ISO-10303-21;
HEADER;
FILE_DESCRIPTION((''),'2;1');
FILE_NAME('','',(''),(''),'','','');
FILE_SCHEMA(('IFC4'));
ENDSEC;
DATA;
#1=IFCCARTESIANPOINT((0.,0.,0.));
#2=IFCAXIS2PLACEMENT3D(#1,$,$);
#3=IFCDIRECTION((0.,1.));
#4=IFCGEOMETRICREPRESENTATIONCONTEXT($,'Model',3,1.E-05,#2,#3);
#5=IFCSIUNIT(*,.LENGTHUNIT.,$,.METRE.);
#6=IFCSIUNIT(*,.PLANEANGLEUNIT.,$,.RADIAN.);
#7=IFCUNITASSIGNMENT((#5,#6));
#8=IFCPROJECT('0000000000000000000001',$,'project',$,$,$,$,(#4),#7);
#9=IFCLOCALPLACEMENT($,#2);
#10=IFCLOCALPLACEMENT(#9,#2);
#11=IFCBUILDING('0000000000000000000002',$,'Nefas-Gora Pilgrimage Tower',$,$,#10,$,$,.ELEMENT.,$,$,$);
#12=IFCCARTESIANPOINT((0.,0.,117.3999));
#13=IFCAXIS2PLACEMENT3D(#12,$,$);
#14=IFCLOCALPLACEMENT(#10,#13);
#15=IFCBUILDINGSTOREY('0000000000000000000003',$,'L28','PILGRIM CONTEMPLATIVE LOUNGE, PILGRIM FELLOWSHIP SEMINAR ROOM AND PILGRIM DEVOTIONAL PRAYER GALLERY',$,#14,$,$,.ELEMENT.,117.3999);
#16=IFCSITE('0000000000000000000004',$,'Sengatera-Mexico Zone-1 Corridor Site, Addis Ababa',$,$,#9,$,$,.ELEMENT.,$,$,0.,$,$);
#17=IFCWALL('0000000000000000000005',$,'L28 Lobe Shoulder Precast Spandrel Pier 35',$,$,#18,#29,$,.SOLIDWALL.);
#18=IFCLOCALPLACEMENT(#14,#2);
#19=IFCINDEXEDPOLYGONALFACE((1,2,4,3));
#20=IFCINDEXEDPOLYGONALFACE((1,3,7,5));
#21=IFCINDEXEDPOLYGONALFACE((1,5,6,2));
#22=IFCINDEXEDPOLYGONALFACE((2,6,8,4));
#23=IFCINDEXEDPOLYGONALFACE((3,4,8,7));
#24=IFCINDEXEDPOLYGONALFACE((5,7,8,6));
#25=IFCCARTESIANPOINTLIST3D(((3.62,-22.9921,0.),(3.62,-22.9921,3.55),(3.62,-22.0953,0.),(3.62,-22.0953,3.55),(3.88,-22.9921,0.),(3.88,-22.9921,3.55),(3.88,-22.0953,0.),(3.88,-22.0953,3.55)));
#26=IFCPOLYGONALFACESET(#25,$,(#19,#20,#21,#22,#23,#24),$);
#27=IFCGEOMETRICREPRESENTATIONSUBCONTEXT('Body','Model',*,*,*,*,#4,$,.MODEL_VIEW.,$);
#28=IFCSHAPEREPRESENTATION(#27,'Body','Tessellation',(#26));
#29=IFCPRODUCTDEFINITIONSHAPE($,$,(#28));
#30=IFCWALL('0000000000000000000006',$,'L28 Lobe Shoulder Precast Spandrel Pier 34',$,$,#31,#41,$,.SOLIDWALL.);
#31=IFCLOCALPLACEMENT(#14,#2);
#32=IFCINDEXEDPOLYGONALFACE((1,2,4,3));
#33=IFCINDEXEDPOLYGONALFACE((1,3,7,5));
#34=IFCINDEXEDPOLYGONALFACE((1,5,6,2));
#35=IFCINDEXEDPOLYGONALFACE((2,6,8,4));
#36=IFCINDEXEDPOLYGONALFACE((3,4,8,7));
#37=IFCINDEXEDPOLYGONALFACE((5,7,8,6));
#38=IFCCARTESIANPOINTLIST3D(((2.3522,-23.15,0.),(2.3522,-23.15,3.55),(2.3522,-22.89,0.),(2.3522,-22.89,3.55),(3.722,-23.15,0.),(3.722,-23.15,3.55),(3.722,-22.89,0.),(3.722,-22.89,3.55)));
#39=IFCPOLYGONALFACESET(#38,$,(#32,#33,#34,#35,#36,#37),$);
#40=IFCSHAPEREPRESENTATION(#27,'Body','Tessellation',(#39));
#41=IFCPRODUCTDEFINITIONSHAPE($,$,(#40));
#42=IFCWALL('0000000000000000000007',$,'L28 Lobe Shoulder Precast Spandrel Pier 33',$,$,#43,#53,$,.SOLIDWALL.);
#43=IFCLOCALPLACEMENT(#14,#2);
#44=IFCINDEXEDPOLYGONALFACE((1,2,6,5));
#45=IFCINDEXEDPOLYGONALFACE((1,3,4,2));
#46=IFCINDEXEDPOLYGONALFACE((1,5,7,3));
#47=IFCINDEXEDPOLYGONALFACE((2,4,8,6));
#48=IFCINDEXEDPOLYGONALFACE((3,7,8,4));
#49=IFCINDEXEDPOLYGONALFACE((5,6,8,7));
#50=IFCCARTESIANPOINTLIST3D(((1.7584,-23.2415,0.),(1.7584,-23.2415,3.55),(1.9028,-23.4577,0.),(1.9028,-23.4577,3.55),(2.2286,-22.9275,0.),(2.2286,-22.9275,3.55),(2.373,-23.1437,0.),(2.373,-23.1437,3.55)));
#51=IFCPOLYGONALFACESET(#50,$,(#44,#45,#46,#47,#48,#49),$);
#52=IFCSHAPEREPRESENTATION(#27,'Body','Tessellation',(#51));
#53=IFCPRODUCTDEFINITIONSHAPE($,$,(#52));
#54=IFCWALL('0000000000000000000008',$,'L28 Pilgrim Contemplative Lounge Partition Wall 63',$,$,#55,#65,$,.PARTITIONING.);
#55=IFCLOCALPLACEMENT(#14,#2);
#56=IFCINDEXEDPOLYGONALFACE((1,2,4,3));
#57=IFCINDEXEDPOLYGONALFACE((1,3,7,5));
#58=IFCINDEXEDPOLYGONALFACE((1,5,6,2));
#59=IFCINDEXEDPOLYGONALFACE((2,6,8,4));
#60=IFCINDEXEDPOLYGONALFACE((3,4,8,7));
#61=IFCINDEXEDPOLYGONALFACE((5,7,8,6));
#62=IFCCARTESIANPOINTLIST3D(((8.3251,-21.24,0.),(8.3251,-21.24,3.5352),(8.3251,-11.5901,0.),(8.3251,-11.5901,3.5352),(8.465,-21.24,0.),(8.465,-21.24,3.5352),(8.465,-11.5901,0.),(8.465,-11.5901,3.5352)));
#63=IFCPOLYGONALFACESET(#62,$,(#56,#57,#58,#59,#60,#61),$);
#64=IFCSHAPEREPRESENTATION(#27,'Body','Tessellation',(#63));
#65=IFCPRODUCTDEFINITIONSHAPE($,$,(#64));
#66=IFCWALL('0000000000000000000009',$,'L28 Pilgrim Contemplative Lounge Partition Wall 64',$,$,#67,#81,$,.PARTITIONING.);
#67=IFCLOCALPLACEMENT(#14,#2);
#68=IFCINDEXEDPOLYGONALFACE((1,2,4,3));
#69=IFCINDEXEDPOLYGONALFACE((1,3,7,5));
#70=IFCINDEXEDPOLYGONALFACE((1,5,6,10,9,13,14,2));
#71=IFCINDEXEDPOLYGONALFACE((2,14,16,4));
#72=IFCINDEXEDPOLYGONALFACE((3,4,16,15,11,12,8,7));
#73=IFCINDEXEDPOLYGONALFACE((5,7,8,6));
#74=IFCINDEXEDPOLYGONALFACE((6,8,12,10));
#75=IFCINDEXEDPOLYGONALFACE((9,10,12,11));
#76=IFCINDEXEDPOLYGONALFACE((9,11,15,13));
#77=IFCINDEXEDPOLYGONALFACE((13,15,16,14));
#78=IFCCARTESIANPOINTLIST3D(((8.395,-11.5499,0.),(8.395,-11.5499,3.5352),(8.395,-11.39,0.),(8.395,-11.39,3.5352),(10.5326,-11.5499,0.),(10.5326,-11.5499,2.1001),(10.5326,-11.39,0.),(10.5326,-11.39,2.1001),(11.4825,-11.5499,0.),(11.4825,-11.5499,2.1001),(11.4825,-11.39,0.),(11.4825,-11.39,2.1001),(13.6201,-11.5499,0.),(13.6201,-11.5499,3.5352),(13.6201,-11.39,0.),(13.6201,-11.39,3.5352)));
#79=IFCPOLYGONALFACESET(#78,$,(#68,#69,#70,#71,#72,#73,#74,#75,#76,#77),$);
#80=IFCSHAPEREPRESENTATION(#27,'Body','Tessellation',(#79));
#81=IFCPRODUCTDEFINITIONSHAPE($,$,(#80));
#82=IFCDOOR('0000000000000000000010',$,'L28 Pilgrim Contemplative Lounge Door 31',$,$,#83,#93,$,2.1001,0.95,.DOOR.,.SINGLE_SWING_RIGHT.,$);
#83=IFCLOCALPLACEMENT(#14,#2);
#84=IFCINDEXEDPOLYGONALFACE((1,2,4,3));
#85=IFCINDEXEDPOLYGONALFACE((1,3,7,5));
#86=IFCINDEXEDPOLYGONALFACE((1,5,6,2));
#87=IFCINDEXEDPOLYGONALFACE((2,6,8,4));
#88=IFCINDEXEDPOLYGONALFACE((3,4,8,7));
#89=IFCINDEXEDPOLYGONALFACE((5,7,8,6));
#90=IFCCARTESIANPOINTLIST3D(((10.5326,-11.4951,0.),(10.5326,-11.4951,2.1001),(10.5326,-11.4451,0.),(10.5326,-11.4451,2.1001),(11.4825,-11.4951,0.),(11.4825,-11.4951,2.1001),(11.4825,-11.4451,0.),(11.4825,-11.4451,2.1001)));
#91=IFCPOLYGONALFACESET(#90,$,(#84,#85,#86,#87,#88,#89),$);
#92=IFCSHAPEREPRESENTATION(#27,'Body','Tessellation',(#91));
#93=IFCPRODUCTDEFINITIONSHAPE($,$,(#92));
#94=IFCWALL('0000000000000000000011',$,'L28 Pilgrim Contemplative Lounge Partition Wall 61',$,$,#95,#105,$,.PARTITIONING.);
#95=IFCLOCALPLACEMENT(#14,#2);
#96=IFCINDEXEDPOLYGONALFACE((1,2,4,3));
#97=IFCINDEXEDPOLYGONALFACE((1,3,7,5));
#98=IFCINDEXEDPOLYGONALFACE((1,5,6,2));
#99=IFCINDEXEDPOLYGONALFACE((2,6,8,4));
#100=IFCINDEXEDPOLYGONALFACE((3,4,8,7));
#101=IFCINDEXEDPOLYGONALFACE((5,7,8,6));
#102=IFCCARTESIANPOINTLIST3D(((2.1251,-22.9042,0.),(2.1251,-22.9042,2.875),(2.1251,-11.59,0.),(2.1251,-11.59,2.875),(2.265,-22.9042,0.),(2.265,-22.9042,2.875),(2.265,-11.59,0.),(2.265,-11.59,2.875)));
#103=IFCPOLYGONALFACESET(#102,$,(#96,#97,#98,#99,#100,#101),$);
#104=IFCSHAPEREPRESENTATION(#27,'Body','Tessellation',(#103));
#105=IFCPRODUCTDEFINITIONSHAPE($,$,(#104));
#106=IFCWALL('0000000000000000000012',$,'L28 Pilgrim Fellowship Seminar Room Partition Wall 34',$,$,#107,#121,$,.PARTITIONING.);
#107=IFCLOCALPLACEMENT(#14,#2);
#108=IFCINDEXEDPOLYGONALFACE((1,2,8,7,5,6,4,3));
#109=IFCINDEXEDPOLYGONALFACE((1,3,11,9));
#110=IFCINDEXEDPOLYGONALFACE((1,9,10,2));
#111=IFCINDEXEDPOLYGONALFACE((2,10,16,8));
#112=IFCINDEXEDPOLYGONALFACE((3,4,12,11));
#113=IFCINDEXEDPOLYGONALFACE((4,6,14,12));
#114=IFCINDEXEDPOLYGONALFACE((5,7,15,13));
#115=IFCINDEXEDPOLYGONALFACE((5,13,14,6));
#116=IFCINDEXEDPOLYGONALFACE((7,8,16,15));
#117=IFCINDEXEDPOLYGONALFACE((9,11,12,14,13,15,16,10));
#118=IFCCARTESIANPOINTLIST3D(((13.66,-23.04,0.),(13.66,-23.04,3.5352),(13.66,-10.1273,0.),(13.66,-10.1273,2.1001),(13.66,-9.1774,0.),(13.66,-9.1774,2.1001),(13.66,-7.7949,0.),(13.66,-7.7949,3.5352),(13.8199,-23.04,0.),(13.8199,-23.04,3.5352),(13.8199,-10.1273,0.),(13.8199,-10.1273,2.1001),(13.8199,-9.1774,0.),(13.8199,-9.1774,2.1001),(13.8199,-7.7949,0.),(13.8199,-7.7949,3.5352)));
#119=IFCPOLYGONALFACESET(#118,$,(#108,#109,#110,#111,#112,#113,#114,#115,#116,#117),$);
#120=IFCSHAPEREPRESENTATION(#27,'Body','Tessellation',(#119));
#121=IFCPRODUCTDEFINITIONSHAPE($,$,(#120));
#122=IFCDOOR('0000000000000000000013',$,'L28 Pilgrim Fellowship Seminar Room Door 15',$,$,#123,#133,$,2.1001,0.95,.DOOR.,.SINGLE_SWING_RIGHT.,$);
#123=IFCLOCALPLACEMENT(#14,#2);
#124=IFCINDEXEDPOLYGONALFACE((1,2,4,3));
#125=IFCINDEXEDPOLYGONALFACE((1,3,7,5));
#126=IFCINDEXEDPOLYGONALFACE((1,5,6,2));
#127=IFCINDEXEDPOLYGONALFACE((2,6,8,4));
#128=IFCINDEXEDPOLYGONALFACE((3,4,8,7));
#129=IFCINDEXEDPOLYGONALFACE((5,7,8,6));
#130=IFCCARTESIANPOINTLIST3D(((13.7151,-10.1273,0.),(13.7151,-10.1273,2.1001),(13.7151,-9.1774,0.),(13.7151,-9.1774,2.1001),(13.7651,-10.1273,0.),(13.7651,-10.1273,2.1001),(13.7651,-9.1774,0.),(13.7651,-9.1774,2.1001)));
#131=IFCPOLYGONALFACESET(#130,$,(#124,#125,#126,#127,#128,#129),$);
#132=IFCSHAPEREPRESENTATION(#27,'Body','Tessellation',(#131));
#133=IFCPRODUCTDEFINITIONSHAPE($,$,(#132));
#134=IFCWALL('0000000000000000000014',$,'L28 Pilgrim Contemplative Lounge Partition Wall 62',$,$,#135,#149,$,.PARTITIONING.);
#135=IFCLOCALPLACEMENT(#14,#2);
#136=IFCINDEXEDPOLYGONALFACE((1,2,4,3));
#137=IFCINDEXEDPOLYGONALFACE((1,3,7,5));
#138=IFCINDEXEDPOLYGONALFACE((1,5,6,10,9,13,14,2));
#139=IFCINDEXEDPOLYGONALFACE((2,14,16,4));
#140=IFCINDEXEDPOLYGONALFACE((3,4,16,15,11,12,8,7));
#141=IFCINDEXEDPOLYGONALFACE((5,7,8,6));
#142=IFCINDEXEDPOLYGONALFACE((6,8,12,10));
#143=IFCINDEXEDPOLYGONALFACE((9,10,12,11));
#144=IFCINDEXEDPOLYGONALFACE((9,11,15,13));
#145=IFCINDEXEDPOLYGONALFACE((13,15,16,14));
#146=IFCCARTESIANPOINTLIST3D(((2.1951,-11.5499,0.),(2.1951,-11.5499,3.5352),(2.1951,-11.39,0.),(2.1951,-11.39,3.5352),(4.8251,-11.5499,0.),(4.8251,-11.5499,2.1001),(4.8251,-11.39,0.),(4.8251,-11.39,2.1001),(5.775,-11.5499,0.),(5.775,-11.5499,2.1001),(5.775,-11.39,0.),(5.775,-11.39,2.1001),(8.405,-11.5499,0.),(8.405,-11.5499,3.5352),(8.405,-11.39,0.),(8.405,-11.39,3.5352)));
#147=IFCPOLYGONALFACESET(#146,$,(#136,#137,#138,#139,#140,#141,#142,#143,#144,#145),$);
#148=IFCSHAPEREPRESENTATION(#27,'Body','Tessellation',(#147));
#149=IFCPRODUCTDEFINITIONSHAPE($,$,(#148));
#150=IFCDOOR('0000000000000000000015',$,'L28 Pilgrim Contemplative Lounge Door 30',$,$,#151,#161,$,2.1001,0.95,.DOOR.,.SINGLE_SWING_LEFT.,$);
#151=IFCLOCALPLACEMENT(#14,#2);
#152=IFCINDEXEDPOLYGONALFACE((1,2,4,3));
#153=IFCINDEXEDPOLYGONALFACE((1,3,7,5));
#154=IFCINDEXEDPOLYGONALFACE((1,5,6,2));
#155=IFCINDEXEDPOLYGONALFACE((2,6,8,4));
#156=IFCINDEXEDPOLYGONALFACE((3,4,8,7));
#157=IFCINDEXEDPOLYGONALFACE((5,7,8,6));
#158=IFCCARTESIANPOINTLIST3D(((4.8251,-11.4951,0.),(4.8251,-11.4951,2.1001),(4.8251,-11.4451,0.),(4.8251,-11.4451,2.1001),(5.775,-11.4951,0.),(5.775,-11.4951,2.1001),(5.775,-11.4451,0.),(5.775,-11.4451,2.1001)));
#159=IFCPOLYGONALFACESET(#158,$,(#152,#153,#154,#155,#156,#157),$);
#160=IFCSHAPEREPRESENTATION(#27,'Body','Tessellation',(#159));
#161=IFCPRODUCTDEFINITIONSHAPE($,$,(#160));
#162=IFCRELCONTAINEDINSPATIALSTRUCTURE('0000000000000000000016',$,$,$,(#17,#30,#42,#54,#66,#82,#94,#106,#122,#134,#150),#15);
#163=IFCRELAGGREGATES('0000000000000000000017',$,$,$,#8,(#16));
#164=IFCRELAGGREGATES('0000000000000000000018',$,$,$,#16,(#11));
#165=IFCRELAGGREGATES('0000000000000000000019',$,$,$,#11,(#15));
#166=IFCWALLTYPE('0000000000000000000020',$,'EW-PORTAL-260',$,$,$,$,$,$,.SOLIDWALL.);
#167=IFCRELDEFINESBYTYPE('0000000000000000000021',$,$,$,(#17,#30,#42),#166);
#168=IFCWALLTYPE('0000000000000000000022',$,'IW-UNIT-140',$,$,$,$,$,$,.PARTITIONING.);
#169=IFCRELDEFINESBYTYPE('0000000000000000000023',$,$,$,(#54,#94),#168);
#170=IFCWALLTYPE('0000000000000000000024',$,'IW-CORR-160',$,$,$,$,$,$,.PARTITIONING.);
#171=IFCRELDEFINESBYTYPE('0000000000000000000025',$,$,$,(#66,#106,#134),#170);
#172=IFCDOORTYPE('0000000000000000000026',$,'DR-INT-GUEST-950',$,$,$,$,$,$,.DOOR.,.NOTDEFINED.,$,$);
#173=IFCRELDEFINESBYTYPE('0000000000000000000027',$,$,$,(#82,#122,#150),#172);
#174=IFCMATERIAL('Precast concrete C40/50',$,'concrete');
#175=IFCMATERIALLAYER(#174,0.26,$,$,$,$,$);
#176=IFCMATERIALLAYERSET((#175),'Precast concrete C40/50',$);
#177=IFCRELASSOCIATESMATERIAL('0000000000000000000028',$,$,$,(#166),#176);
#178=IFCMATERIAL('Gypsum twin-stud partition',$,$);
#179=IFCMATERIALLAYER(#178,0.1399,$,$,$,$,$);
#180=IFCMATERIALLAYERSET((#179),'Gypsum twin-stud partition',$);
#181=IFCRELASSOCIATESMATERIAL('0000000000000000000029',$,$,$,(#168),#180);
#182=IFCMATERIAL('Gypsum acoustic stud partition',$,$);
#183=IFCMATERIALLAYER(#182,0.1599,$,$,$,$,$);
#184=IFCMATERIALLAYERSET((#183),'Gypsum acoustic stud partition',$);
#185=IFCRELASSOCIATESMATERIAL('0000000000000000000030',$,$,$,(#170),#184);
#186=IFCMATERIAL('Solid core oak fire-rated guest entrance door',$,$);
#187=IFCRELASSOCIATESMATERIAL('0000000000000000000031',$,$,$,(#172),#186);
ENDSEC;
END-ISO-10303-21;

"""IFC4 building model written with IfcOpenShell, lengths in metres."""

from ifc_helpers import new_model, si_unit, direction, frame, frame_2d, origin, place, context, subcontext, project, spatial, rectangle, extrude, source, transform, mapped, material, layer, layer_set, type_object, element, fill, save


model = new_model("IFC4")

# Units and contexts
model_context = context("Model", 3, precision=1e-05, world=origin(), true_north=direction((0.0, 1.0)))
body_context = subcontext(model_context, "Body", "Model", "MODEL_VIEW")
ifc_project = project(units=[si_unit("LENGTHUNIT", "METRE"), si_unit("PLANEANGLEUNIT", "RADIAN")], contexts=[model_context])

# Site, building, storey
site_placement = place(None, origin())
site = spatial("IfcSite", under=ifc_project, at=site_placement, Name="Sengatera-Mexico Zone-1 Corridor Site, Addis Ababa", CompositionType="ELEMENT", RefElevation=0.0)
building_placement = place(site_placement, origin())
building = spatial("IfcBuilding", under=site, at=building_placement, Name="Nefas-Gora Pilgrimage Tower", CompositionType="ELEMENT")
storey_placement = place(building_placement, frame((0.0, 0.0, 117.3999)))
storey = spatial("IfcBuildingStorey", under=building, at=storey_placement, Name="L28", Description="PILGRIM CONTEMPLATIVE LOUNGE, PILGRIM FELLOWSHIP SEMINAR ROOM AND PILGRIM DEVOTIONAL PRAYER GALLERY", CompositionType="ELEMENT", Elevation=117.3999)

# Walls
ifc_material_1 = material(Name="Precast concrete C40/50", Category="concrete")
ifc_layer_1 = layer(ifc_material_1, 0.26)
ifc_layer_set_1 = layer_set([ifc_layer_1], Name="Precast concrete C40/50")
wall_type_1 = type_object("IfcWallType", Name="EW-PORTAL-260", PredefinedType="SOLIDWALL", material=ifc_layer_set_1)
shared_shape_1 = source(origin(), body_context, "Body", "SweptSolid", [
    extrude(rectangle(XDim=0.8967, YDim=0.26, at=frame_2d((0.4482, 0.0))), origin(), (0.0, 0.0, 1.0), 3.55),
])
wall_1_placement = place(storey_placement, frame((3.75, -22.9919, 0.0), z_axis=(0.0, 0.0, 1.0), x_axis=(0.0, 1.0, 0.0)))
element("IfcWall", 1, at=wall_1_placement, inside=storey, type_object=wall_type_1, Name="L28 Lobe Shoulder Precast Spandrel Pier 35", PredefinedType="SOLIDWALL", context=body_context, shape_type="MappedRepresentation", body=[
    mapped(shared_shape_1, transform((0.0, 0.0, 0.0), x_axis=(1.0, 0.0, 0.0), y_axis=(0.0, 1.0, 0.0), z_axis=(0.0, 0.0, 1.0), scale=1.0)),
])
shared_shape_2 = source(origin(), body_context, "Body", "SweptSolid", [
    extrude(rectangle(XDim=1.3699, YDim=0.26, at=frame_2d((0.6851, 0.0))), origin(), (0.0, 0.0, 1.0), 3.55),
])
wall_2_placement = place(storey_placement, frame((2.3521, -23.02, 0.0), z_axis=(0.0, 0.0, 1.0), x_axis=(1.0, 0.0, 0.0)))
element("IfcWall", 2, at=wall_2_placement, inside=storey, type_object=wall_type_1, Name="L28 Lobe Shoulder Precast Spandrel Pier 34", PredefinedType="SOLIDWALL", context=body_context, shape_type="MappedRepresentation", body=[
    mapped(shared_shape_2, transform((0.0, 0.0, 0.0), x_axis=(1.0, 0.0, 0.0), y_axis=(0.0, 1.0, 0.0), z_axis=(0.0, 0.0, 1.0), scale=1.0)),
])
shared_shape_3 = source(origin(), body_context, "Body", "SweptSolid", [
    extrude(rectangle(XDim=0.5654, YDim=0.26, at=frame_2d((0.2827, 0.0))), origin(), (0.0, 0.0, 1.0), 3.55),
])
wall_3_placement = place(storey_placement, frame((1.8306, -23.3496, 0.0), z_axis=(0.0, 0.0, 1.0), x_axis=(0.831651, 0.555298, 0.0)))
element("IfcWall", 3, at=wall_3_placement, inside=storey, type_object=wall_type_1, Name="L28 Lobe Shoulder Precast Spandrel Pier 33", PredefinedType="SOLIDWALL", context=body_context, shape_type="MappedRepresentation", body=[
    mapped(shared_shape_3, transform((0.0, 0.0, 0.0), x_axis=(1.0, 0.0, 0.0), y_axis=(0.0, 1.0, 0.0), z_axis=(0.0, 0.0, 1.0), scale=1.0)),
])
ifc_material_2 = material(Name="Gypsum twin-stud partition")
ifc_layer_2 = layer(ifc_material_2, 0.1399)
ifc_layer_set_2 = layer_set([ifc_layer_2], Name="Gypsum twin-stud partition")
wall_type_2 = type_object("IfcWallType", Name="IW-UNIT-140", PredefinedType="PARTITIONING", material=ifc_layer_set_2)
shared_shape_4 = source(origin(), body_context, "Body", "SweptSolid", [
    extrude(rectangle(XDim=9.6499, YDim=0.1399, at=frame_2d((4.825, 0.0))), origin(), (0.0, 0.0, 1.0), 3.5352),
])
wall_4_placement = place(storey_placement, frame((8.395, -21.24, 0.0), z_axis=(0.0, 0.0, 1.0), x_axis=(0.0, 1.0, 0.0)))
element("IfcWall", 4, at=wall_4_placement, inside=storey, type_object=wall_type_2, Name="L28 Pilgrim Contemplative Lounge Partition Wall 63", PredefinedType="PARTITIONING", context=body_context, shape_type="MappedRepresentation", body=[
    mapped(shared_shape_4, transform((0.0, 0.0, 0.0), x_axis=(1.0, 0.0, 0.0), y_axis=(0.0, 1.0, 0.0), z_axis=(0.0, 0.0, 1.0), scale=1.0)),
])

# Wall, opening, door
ifc_material_3 = material(Name="Gypsum acoustic stud partition")
ifc_layer_3 = layer(ifc_material_3, 0.1599)
ifc_layer_set_3 = layer_set([ifc_layer_3], Name="Gypsum acoustic stud partition")
wall_type_3 = type_object("IfcWallType", Name="IW-CORR-160", PredefinedType="PARTITIONING", material=ifc_layer_set_3)
shared_shape_5 = source(origin(), body_context, "Body", "SweptSolid", [
    extrude(rectangle(XDim=5.2251, YDim=0.1599, at=frame_2d((2.6125, 0.0))), origin(), (0.0, 0.0, 1.0), 3.5352),
])
wall_5_placement = place(storey_placement, frame((8.395, -11.47, 0.0), z_axis=(0.0, 0.0, 1.0), x_axis=(1.0, 0.0, 0.0)))
wall_5 = element("IfcWall", 5, at=wall_5_placement, inside=storey, type_object=wall_type_3, Name="L28 Pilgrim Contemplative Lounge Partition Wall 64", PredefinedType="PARTITIONING", context=body_context, shape_type="MappedRepresentation", body=[
    mapped(shared_shape_5, transform((0.0, 0.0, 0.0), x_axis=(1.0, 0.0, 0.0), y_axis=(0.0, 1.0, 0.0), z_axis=(0.0, 0.0, 1.0), scale=1.0)),
])
opening_1_placement = place(wall_5_placement, frame((2.1375, 0.0, 0.0)))
opening_1 = element("IfcOpeningElement", 6, at=opening_1_placement, cuts=wall_5, PredefinedType="OPENING", context=body_context, shape_type="SweptSolid", body=[
    extrude(rectangle(XDim=0.95, YDim=2.1001, at=frame_2d((0.4751, 1.05))), frame((0.0, 0.0898, 0.0), z_axis=(0.0, -1.0, 0.0), x_axis=(1.0, 0.0, 0.0)), (0.0, 0.0, 1.0), 0.1799),
])
ifc_material_4 = material(Name="Solid core oak fire-rated guest entrance door")
door_type = type_object("IfcDoorType", Name="DR-INT-GUEST-950", OperationType="NOTDEFINED", PredefinedType="DOOR", material=ifc_material_4)
shared_shape_6 = source(origin(), body_context, "Body", "SweptSolid", [
    extrude(rectangle(XDim=0.95, YDim=2.1001, at=frame_2d((0.4751, 1.05))), frame((0.0, 0.0249, 0.0), z_axis=(0.0, -1.0, 0.0), x_axis=(1.0, 0.0, 0.0)), (0.0, 0.0, 1.0), 0.05),
])
door_1_placement = place(opening_1_placement, origin())
door_1 = element("IfcDoor", 7, at=door_1_placement, inside=storey, type_object=door_type, Name="L28 Pilgrim Contemplative Lounge Door 31", OperationType="SINGLE_SWING_RIGHT", OverallHeight=2.1001, OverallWidth=0.95, PredefinedType="DOOR", context=body_context, shape_type="MappedRepresentation", body=[
    mapped(shared_shape_6, transform((0.0, 0.0, 0.0), x_axis=(1.0, 0.0, 0.0), y_axis=(0.0, 1.0, 0.0), z_axis=(0.0, 0.0, 1.0), scale=1.0)),
])
fill(opening_1, door_1)

# Wall
shared_shape_7 = source(origin(), body_context, "Body", "SweptSolid", [
    extrude(rectangle(XDim=11.3142, YDim=0.1399, at=frame_2d((5.6572, 0.0))), origin(), (0.0, 0.0, 1.0), 2.875),
])
wall_6_placement = place(storey_placement, frame((2.1951, -22.9043, 0.0), z_axis=(0.0, 0.0, 1.0), x_axis=(0.0, 1.0, 0.0)))
element("IfcWall", 8, at=wall_6_placement, inside=storey, type_object=wall_type_2, Name="L28 Pilgrim Contemplative Lounge Partition Wall 61", PredefinedType="PARTITIONING", context=body_context, shape_type="MappedRepresentation", body=[
    mapped(shared_shape_7, transform((0.0, 0.0, 0.0), x_axis=(1.0, 0.0, 0.0), y_axis=(0.0, 1.0, 0.0), z_axis=(0.0, 0.0, 1.0), scale=1.0)),
])

# Walls, openings, doors
shared_shape_8 = source(origin(), body_context, "Body", "SweptSolid", [
    extrude(rectangle(XDim=15.2451, YDim=0.1599, at=frame_2d((7.6226, 0.0))), origin(), (0.0, 0.0, 1.0), 3.5352),
])
wall_7_placement = place(storey_placement, frame((13.74, -23.04, 0.0), z_axis=(0.0, 0.0, 1.0), x_axis=(0.0, 1.0, 0.0)))
wall_7 = element("IfcWall", 9, at=wall_7_placement, inside=storey, type_object=wall_type_3, Name="L28 Pilgrim Fellowship Seminar Room Partition Wall 34", PredefinedType="PARTITIONING", context=body_context, shape_type="MappedRepresentation", body=[
    mapped(shared_shape_8, transform((0.0, 0.0, 0.0), x_axis=(1.0, 0.0, 0.0), y_axis=(0.0, 1.0, 0.0), z_axis=(0.0, 0.0, 1.0), scale=1.0)),
])
opening_2_placement = place(wall_7_placement, frame((12.9126, 0.0, 0.0)))
opening_2 = element("IfcOpeningElement", 10, at=opening_2_placement, cuts=wall_7, PredefinedType="OPENING", context=body_context, shape_type="SweptSolid", body=[
    extrude(rectangle(XDim=0.95, YDim=2.1001, at=frame_2d((0.4751, 1.05))), frame((0.0, 0.0898, 0.0), z_axis=(0.0, -1.0, 0.0), x_axis=(1.0, 0.0, 0.0)), (0.0, 0.0, 1.0), 0.1799),
])
door_2_placement = place(opening_2_placement, origin())
door_2 = element("IfcDoor", 11, at=door_2_placement, inside=storey, type_object=door_type, Name="L28 Pilgrim Fellowship Seminar Room Door 15", OperationType="SINGLE_SWING_RIGHT", OverallHeight=2.1001, OverallWidth=0.95, PredefinedType="DOOR", context=body_context, shape_type="MappedRepresentation", body=[
    mapped(shared_shape_6, transform((0.0, 0.0, 0.0), x_axis=(1.0, 0.0, 0.0), y_axis=(0.0, 1.0, 0.0), z_axis=(0.0, 0.0, 1.0), scale=1.0)),
])
fill(opening_2, door_2)
shared_shape_9 = source(origin(), body_context, "Body", "SweptSolid", [
    extrude(rectangle(XDim=6.21, YDim=0.1599, at=frame_2d((3.105, 0.0))), origin(), (0.0, 0.0, 1.0), 3.5352),
])
wall_8_placement = place(storey_placement, frame((2.1951, -11.47, 0.0), z_axis=(0.0, 0.0, 1.0), x_axis=(1.0, 0.0, 0.0)))
wall_8 = element("IfcWall", 12, at=wall_8_placement, inside=storey, type_object=wall_type_3, Name="L28 Pilgrim Contemplative Lounge Partition Wall 62", PredefinedType="PARTITIONING", context=body_context, shape_type="MappedRepresentation", body=[
    mapped(shared_shape_9, transform((0.0, 0.0, 0.0), x_axis=(1.0, 0.0, 0.0), y_axis=(0.0, 1.0, 0.0), z_axis=(0.0, 0.0, 1.0), scale=1.0)),
])
opening_3_placement = place(wall_8_placement, frame((2.6299, 0.0, 0.0)))
opening_3 = element("IfcOpeningElement", 13, at=opening_3_placement, cuts=wall_8, PredefinedType="OPENING", context=body_context, shape_type="SweptSolid", body=[
    extrude(rectangle(XDim=0.95, YDim=2.1001, at=frame_2d((0.4751, 1.05))), frame((0.0, 0.0898, 0.0), z_axis=(0.0, -1.0, 0.0), x_axis=(1.0, 0.0, 0.0)), (0.0, 0.0, 1.0), 0.1799),
])
door_3_placement = place(opening_3_placement, origin())
door_3 = element("IfcDoor", 14, at=door_3_placement, inside=storey, type_object=door_type, Name="L28 Pilgrim Contemplative Lounge Door 30", OperationType="SINGLE_SWING_LEFT", OverallHeight=2.1001, OverallWidth=0.95, PredefinedType="DOOR", context=body_context, shape_type="MappedRepresentation", body=[
    mapped(shared_shape_6, transform((0.0, 0.0, 0.0), x_axis=(1.0, 0.0, 0.0), y_axis=(0.0, 1.0, 0.0), z_axis=(0.0, 0.0, 1.0), scale=1.0)),
])
fill(opening_3, door_3)

save(model, "model.ifc")
